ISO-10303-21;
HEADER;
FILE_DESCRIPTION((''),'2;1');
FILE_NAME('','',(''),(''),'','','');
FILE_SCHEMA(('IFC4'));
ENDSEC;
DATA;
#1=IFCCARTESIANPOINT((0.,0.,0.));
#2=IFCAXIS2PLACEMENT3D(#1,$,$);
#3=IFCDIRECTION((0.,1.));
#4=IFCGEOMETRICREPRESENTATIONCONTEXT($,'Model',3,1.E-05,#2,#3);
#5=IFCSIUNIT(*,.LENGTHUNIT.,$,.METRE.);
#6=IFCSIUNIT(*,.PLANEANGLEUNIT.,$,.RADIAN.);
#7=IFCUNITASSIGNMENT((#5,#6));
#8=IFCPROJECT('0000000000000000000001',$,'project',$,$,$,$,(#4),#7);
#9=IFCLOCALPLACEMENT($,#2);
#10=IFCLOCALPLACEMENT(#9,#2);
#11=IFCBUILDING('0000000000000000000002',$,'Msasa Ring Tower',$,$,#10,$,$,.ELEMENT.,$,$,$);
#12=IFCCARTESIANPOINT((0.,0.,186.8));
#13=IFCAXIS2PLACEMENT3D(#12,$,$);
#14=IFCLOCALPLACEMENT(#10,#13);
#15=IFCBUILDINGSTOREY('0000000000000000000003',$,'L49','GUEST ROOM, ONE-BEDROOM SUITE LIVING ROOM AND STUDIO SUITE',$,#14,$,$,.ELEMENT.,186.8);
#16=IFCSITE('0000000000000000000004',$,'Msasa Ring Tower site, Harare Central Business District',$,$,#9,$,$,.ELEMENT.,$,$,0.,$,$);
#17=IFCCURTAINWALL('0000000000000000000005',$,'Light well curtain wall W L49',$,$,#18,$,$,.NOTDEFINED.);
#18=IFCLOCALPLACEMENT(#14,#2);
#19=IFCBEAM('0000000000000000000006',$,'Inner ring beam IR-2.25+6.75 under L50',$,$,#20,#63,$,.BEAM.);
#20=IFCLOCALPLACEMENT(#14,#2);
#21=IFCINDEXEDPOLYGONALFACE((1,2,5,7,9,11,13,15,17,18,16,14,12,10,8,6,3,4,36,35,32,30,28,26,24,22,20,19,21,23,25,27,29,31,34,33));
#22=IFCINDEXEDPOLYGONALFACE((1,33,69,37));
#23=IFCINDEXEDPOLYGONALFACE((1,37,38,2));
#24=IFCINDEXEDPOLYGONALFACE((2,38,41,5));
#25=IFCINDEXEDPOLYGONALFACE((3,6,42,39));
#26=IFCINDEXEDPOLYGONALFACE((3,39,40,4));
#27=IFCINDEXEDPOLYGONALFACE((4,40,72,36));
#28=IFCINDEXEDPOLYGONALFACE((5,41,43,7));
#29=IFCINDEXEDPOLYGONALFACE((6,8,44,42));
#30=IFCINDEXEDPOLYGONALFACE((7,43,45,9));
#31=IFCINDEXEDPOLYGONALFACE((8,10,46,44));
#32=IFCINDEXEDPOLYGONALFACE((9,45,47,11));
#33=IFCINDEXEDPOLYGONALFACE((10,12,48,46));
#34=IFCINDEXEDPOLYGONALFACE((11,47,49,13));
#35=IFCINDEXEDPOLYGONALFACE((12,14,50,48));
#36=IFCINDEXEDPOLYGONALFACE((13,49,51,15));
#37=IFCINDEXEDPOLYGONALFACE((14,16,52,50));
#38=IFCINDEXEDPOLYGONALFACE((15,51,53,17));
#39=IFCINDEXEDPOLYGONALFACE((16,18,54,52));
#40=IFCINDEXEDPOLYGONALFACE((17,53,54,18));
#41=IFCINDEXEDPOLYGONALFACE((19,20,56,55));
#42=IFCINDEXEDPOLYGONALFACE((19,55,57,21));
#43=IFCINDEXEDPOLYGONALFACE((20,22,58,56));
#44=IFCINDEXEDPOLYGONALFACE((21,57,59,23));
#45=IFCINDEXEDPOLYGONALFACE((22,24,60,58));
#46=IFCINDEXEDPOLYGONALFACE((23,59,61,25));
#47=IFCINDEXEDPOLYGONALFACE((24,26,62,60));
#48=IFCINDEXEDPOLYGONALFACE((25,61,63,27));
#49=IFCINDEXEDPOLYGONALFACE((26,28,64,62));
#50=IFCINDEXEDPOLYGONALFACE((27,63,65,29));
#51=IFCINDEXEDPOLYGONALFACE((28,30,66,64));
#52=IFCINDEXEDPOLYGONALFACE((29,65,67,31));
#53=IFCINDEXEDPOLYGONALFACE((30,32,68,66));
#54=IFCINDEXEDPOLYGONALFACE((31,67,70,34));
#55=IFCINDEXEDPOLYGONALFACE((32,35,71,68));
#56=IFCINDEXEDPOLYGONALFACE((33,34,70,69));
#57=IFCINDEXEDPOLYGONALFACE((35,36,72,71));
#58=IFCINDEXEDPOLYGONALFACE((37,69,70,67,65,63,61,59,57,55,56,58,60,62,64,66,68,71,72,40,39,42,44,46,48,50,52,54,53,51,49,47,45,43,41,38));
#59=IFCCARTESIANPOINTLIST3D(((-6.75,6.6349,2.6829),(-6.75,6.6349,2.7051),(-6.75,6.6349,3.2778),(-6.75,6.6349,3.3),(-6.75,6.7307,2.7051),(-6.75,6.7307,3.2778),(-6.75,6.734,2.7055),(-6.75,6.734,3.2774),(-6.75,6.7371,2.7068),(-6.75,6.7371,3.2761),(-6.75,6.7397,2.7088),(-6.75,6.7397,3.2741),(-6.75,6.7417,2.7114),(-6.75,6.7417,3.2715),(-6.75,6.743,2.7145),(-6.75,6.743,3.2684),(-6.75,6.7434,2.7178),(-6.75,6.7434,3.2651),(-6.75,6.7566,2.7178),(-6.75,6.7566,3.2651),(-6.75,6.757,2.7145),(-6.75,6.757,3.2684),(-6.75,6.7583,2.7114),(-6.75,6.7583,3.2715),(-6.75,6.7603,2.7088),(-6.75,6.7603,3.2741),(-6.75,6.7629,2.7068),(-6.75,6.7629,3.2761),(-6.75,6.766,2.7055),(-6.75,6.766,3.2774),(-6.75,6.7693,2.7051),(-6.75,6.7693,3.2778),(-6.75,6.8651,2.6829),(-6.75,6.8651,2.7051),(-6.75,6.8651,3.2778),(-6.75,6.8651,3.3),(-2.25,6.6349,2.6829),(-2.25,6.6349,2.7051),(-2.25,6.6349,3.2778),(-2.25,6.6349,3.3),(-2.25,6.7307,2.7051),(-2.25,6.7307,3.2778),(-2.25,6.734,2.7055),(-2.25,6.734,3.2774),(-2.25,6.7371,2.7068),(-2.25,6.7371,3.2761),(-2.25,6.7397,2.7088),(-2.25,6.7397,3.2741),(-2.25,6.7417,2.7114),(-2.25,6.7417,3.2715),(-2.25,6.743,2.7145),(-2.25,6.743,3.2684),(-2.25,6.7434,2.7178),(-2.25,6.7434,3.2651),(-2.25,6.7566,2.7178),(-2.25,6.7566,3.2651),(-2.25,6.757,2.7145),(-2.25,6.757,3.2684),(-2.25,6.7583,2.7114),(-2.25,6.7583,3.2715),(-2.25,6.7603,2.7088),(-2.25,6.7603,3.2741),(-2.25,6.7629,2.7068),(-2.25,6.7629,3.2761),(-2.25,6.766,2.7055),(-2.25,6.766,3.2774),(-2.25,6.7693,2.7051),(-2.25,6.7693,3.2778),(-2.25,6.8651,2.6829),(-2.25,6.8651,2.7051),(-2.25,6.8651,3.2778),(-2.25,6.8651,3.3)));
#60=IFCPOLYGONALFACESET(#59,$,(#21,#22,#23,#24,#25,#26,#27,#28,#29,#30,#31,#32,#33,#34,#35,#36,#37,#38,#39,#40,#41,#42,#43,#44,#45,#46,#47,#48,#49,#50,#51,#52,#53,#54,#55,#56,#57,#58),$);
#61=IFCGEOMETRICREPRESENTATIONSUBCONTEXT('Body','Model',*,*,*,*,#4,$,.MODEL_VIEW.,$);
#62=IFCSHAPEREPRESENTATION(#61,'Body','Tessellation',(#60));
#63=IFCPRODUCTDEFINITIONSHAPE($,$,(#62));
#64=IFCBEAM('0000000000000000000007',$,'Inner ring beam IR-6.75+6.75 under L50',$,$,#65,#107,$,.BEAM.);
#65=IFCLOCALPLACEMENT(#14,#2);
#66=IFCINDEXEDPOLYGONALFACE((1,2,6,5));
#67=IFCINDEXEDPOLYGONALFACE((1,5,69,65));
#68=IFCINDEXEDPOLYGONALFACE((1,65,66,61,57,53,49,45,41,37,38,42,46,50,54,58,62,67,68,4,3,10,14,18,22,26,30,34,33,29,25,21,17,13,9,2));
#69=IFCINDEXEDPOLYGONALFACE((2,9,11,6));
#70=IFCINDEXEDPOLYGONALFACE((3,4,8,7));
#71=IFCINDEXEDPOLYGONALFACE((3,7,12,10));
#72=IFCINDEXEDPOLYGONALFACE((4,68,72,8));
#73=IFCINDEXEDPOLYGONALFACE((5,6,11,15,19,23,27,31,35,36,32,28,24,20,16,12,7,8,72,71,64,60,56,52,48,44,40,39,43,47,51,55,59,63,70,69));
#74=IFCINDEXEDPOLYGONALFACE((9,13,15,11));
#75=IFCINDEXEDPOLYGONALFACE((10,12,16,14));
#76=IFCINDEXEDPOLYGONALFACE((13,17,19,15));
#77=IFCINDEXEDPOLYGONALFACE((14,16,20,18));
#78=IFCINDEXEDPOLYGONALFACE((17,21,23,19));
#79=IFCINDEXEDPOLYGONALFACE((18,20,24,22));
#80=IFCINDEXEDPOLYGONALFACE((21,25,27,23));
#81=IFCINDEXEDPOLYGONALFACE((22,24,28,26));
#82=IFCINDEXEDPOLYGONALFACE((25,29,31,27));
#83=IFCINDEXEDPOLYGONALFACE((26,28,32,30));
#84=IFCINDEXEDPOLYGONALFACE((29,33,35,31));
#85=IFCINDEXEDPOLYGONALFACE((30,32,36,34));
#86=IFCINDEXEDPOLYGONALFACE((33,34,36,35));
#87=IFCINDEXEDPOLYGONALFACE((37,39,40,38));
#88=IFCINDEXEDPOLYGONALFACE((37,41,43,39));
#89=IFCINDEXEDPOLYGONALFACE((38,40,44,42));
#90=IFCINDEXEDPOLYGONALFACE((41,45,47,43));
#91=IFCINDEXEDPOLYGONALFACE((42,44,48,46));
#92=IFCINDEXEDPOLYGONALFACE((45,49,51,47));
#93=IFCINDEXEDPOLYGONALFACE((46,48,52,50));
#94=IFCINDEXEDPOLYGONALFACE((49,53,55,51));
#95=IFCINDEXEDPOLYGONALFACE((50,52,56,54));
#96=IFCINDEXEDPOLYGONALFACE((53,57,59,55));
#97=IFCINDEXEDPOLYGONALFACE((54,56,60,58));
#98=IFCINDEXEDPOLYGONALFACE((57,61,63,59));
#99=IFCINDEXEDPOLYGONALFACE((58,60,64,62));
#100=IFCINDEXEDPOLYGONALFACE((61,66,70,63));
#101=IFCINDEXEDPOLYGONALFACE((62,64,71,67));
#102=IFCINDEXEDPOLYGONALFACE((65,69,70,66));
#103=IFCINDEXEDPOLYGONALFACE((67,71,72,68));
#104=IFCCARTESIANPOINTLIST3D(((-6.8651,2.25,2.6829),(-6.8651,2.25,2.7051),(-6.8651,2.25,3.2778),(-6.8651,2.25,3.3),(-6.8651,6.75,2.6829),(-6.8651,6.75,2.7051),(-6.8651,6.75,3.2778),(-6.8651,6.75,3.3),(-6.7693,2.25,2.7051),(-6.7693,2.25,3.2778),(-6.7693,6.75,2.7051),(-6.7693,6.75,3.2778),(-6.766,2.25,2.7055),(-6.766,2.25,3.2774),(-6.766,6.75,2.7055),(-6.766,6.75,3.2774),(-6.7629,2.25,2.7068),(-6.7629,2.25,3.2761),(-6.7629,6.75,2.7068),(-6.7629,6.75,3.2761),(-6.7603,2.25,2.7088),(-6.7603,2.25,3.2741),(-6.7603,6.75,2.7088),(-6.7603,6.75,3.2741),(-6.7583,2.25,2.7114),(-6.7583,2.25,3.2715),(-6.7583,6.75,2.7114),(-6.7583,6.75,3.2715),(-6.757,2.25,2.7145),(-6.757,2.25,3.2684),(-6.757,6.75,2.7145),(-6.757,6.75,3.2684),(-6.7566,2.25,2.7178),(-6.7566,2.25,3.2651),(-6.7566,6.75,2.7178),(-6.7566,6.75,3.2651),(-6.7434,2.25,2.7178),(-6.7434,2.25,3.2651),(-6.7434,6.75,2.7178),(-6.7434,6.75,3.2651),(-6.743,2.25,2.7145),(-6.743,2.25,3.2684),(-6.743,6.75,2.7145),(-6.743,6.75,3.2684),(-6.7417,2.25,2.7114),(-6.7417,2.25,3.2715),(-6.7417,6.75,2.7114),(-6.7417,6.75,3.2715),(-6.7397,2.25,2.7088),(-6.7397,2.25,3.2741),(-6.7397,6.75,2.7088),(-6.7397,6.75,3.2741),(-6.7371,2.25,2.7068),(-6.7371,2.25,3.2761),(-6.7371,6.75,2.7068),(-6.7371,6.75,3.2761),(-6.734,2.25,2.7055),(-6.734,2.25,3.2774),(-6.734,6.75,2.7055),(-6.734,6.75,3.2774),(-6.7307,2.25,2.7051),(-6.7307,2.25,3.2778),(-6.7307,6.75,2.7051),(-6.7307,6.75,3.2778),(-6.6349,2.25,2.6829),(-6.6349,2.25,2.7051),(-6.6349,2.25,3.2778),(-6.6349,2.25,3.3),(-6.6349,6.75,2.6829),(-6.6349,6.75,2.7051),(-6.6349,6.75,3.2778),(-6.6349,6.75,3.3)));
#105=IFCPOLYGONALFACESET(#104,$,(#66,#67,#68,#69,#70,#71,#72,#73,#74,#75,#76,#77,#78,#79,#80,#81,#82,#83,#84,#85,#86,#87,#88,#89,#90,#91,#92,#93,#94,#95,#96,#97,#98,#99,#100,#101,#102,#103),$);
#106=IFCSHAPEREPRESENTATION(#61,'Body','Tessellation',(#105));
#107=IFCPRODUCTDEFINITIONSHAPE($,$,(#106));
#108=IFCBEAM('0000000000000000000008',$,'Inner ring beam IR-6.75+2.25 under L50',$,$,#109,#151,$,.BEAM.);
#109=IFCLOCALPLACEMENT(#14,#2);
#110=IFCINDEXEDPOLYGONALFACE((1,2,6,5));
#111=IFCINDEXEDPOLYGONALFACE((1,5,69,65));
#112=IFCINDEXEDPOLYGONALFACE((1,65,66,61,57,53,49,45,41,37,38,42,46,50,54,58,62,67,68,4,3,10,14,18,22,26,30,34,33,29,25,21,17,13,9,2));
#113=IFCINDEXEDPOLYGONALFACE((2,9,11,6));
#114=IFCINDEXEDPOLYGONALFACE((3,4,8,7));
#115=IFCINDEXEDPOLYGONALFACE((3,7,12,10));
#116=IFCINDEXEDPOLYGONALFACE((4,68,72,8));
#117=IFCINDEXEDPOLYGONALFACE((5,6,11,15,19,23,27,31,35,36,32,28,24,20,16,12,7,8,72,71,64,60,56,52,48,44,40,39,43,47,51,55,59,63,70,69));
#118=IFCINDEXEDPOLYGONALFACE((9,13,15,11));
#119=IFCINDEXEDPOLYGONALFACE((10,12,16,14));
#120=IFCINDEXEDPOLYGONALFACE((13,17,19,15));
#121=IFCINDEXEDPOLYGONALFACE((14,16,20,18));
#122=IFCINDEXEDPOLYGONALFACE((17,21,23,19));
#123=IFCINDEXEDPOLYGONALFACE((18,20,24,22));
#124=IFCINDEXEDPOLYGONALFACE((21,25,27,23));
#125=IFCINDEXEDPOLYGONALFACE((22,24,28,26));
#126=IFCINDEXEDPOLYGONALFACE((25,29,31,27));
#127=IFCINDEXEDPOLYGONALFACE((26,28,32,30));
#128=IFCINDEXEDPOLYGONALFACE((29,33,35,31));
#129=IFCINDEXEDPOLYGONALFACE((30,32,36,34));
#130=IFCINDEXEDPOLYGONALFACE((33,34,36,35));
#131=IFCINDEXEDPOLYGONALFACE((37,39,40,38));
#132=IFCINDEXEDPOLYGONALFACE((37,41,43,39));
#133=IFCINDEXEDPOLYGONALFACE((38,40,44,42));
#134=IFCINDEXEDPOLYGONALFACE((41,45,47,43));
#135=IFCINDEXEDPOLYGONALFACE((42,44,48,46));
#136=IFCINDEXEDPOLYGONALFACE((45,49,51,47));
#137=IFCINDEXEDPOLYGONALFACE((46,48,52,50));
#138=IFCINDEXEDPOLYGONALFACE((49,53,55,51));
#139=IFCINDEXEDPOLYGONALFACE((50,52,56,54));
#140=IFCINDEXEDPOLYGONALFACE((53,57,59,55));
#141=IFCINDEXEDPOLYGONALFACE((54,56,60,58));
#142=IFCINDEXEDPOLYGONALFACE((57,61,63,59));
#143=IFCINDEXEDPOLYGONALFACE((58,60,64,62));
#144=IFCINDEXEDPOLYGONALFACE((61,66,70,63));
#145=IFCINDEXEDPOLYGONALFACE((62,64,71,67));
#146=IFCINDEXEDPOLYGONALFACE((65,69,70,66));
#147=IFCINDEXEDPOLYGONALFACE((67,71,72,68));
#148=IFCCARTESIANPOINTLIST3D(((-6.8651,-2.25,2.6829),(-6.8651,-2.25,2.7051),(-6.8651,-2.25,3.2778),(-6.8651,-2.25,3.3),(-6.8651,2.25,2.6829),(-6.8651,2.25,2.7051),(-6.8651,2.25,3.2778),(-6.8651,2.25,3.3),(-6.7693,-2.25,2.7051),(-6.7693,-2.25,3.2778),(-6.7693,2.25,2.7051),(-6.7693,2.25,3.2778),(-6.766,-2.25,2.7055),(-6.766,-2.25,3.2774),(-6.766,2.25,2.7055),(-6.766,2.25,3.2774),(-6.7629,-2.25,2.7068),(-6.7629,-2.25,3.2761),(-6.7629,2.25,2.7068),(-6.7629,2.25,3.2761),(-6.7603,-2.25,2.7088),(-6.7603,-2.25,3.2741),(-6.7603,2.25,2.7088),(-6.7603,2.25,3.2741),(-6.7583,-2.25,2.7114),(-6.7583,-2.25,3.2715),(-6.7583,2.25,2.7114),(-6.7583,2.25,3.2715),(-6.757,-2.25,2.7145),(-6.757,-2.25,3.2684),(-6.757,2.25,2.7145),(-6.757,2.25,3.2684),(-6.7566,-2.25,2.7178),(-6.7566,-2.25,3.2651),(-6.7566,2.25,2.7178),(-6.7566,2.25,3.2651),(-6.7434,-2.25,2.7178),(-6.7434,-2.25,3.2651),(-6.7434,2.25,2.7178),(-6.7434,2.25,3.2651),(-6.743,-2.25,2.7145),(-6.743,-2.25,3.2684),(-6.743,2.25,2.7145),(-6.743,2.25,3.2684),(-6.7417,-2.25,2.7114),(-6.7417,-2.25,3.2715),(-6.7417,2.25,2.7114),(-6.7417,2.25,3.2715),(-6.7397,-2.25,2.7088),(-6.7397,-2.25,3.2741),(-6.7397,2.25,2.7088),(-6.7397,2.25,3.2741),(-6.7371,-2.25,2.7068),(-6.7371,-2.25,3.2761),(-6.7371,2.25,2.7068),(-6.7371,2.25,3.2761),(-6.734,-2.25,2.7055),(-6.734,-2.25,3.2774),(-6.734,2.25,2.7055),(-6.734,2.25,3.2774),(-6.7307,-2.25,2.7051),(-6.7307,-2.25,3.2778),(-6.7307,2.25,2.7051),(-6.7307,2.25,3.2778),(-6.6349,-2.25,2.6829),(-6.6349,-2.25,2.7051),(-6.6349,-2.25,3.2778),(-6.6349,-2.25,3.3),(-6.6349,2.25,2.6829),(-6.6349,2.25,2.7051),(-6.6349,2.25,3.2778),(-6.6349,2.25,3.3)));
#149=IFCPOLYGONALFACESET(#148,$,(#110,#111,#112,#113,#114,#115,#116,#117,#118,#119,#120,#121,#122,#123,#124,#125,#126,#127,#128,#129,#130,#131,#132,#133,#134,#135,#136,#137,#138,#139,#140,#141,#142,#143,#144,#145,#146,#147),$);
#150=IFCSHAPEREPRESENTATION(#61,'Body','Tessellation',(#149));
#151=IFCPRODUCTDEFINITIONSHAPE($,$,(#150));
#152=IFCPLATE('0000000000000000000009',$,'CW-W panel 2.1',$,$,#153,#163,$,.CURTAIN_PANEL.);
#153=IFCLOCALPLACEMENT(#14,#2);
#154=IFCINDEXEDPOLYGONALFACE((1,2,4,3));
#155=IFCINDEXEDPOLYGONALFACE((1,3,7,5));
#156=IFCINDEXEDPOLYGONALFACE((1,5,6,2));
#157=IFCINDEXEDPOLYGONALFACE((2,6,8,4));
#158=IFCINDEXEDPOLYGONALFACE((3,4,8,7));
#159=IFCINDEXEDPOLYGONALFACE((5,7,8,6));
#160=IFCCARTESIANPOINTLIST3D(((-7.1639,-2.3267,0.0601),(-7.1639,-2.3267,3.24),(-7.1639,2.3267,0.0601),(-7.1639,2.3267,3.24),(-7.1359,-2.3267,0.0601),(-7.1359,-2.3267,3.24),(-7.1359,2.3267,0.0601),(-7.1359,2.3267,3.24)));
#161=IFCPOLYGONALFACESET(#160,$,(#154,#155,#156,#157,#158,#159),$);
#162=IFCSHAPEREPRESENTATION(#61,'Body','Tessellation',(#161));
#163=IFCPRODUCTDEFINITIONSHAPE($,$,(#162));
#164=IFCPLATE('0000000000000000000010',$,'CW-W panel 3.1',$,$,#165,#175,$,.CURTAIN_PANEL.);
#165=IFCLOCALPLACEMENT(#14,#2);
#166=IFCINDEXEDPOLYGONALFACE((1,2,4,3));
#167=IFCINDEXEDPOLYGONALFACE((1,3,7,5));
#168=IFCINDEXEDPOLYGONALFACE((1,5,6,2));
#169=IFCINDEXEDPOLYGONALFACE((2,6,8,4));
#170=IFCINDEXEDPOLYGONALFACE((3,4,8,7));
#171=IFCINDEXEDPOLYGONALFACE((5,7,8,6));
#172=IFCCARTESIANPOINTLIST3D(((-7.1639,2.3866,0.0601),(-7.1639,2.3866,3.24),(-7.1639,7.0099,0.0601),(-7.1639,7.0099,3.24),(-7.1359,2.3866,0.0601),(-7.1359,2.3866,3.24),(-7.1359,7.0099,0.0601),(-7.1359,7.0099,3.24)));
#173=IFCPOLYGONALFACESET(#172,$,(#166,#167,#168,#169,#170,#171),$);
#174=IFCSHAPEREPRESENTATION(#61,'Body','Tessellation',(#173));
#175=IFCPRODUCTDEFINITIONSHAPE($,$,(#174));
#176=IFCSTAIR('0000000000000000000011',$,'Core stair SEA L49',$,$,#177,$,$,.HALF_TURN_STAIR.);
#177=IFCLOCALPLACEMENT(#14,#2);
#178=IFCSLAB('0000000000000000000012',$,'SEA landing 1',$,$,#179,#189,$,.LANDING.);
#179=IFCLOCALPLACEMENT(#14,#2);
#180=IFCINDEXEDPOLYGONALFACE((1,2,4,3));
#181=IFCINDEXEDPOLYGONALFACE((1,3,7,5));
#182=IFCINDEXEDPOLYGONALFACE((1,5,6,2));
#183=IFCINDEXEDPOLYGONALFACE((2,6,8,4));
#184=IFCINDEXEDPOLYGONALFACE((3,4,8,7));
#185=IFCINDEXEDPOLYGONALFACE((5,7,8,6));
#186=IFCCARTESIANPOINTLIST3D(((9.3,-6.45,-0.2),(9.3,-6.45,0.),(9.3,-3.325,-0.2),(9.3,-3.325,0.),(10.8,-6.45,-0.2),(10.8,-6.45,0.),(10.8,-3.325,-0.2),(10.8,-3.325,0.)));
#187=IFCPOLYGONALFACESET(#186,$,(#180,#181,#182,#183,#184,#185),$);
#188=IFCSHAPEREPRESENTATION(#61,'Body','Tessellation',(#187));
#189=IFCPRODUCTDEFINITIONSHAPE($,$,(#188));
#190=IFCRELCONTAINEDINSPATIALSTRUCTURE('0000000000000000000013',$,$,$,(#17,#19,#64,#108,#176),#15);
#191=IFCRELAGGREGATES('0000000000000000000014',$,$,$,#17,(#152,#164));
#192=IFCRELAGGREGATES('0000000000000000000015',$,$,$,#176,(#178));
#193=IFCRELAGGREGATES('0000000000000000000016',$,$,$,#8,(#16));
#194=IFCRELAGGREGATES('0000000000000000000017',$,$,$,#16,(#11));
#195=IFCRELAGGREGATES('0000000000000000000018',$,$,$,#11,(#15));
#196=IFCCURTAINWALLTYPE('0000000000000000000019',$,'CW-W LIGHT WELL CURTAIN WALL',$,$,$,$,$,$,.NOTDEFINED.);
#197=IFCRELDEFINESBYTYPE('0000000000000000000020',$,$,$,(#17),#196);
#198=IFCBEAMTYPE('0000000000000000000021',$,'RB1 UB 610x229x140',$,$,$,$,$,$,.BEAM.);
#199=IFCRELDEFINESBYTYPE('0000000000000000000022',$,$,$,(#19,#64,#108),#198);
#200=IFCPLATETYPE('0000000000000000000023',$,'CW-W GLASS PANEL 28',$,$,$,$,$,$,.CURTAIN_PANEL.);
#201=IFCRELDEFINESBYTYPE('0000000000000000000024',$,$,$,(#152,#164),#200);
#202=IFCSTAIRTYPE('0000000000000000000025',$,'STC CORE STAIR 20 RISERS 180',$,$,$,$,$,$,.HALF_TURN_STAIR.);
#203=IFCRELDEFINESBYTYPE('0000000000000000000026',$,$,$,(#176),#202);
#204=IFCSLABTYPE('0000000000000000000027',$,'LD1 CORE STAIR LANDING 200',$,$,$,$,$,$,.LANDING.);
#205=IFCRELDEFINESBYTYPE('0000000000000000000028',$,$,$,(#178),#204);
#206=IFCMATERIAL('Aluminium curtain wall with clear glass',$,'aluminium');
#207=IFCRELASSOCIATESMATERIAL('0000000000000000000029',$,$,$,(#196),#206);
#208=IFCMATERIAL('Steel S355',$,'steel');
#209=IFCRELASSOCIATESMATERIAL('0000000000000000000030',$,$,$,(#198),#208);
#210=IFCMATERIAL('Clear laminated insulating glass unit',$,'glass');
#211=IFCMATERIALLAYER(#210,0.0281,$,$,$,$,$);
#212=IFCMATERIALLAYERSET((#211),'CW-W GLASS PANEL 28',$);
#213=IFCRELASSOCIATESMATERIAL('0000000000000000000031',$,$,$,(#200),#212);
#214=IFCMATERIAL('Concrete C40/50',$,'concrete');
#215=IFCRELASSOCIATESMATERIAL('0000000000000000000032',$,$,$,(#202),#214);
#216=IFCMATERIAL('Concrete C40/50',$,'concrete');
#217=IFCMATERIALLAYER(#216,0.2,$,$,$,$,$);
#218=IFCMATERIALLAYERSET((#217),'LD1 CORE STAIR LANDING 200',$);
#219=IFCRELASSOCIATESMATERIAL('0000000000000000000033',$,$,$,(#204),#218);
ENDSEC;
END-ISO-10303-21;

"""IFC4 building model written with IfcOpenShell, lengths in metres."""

from ifc_helpers import new_model, si_unit, direction, frame, origin, origin_2d, place, context, subcontext, project, spatial, polyline, rectangle, i_section, outline, extrude, material, layer, layer_set, material_profile, profile_set, type_object, element, aggregate, save


model = new_model("IFC4")

# Units and contexts
model_context = context("Model", 3, precision=1e-05, world=origin(), true_north=direction((0.0, 1.0)))
body_context = subcontext(model_context, "Body", "Model", "MODEL_VIEW")
ifc_project = project(units=[si_unit("LENGTHUNIT", "METRE"), si_unit("PLANEANGLEUNIT", "RADIAN")], contexts=[model_context])

# Site, building, storey
site_placement = place(None, origin())
site = spatial("IfcSite", under=ifc_project, at=site_placement, Name="Msasa Ring Tower site, Harare Central Business District", CompositionType="ELEMENT", RefElevation=0.0)
building_placement = place(site_placement, origin())
building = spatial("IfcBuilding", under=site, at=building_placement, Name="Msasa Ring Tower", CompositionType="ELEMENT")
storey_placement = place(building_placement, frame((0.0, 0.0, 186.8)))
storey = spatial("IfcBuildingStorey", under=building, at=storey_placement, Name="L49", Description="GUEST ROOM, ONE-BEDROOM SUITE LIVING ROOM AND STUDIO SUITE", CompositionType="ELEMENT", Elevation=186.8)

# Shared definitions
ifc_material_1 = material(Name="Aluminium curtain wall with clear glass", Category="aluminium")
curtain_wall_type = type_object("IfcCurtainWallType", Name="CW-W LIGHT WELL CURTAIN WALL", PredefinedType="NOTDEFINED", material=ifc_material_1)

# Curtain wall
curtain_wall_1_placement = place(storey_placement, origin())
curtain_wall_1 = element("IfcCurtainWall", 1, at=curtain_wall_1_placement, inside=storey, type_object=curtain_wall_type, Name="Light well curtain wall W L49", PredefinedType="NOTDEFINED")

# Beams
ifc_material_2 = material(Name="Steel S355", Category="steel")
ifc_material_profile_1 = material_profile(ifc_material_2, i_section(OverallWidth=0.2302, OverallDepth=0.6172, WebThickness=0.0132, FlangeThickness=0.0222, FilletRadius=0.0127, at=origin_2d()), Name="UB 610x229x140")
ifc_profile_set_1 = profile_set([ifc_material_profile_1], Name="Steel S355")
beam_type_1 = type_object("IfcBeamType", Name="RB1 UB 610x229x140", PredefinedType="BEAM", material=ifc_profile_set_1)
for number, where, z_axis, x_axis, name in (
    (2, (-2.25, 6.75, 2.9915), (-1.0, 0.0, 0.0), (0.0, -1.0, 0.0), "Inner ring beam IR-2.25+6.75 under L50"),
    (3, (-6.75, 6.75, 2.9915), (0.0, -1.0, 0.0), (1.0, 0.0, 0.0), "Inner ring beam IR-6.75+6.75 under L50"),
    (4, (-6.75, 2.25, 2.9915), (0.0, -1.0, 0.0), (1.0, 0.0, 0.0), "Inner ring beam IR-6.75+2.25 under L50"),
):
    element("IfcBeam", number, at=place(storey_placement, frame(where, z_axis=z_axis, x_axis=x_axis)), inside=storey, type_object=beam_type_1, Name=name, PredefinedType="BEAM", context=body_context, shape_type="SweptSolid", body=[
        extrude(i_section(OverallWidth=0.2302, OverallDepth=0.6172, WebThickness=0.0132, FlangeThickness=0.0222, FilletRadius=0.0127, at=origin_2d()), origin(), (0.0, 0.0, 1.0), 4.5),
    ])

# Plates
ifc_material_3 = material(Name="Clear laminated insulating glass unit", Category="glass")
ifc_layer_1 = layer(ifc_material_3, 0.0281)
ifc_layer_set_1 = layer_set([ifc_layer_1], Name="CW-W GLASS PANEL 28")
plate_type = type_object("IfcPlateType", Name="CW-W GLASS PANEL 28", PredefinedType="CURTAIN_PANEL", material=ifc_layer_set_1)
plate_1_placement = place(storey_placement, frame((-7.1499, 0.0, 0.0601), z_axis=(0.0, 0.0, 1.0), x_axis=(0.0, 1.0, 0.0)))
plate_1 = element("IfcPlate", 5, at=plate_1_placement, type_object=plate_type, Name="CW-W panel 2.1", PredefinedType="CURTAIN_PANEL", context=body_context, shape_type="SweptSolid", body=[
    extrude(rectangle(XDim=4.6533, YDim=0.0281, at=origin_2d()), origin(), (0.0, 0.0, 1.0), 3.1799),
])
plate_2_placement = place(storey_placement, frame((-7.1499, 4.6982, 0.0601), z_axis=(0.0, 0.0, 1.0), x_axis=(0.0, 1.0, 0.0)))
plate_2 = element("IfcPlate", 6, at=plate_2_placement, type_object=plate_type, Name="CW-W panel 3.1", PredefinedType="CURTAIN_PANEL", context=body_context, shape_type="SweptSolid", body=[
    extrude(rectangle(XDim=4.6233, YDim=0.0281, at=origin_2d()), origin(), (0.0, 0.0, 1.0), 3.1799),
])
aggregate(curtain_wall_1, [plate_1, plate_2])

# Stair, slab
ifc_material_4 = material(Name="Concrete C40/50", Category="concrete")
stair_type = type_object("IfcStairType", Name="STC CORE STAIR 20 RISERS 180", PredefinedType="HALF_TURN_STAIR", material=ifc_material_4)
stair_1_placement = place(storey_placement, origin())
stair_1 = element("IfcStair", 7, at=stair_1_placement, inside=storey, type_object=stair_type, Name="Core stair SEA L49", PredefinedType="HALF_TURN_STAIR")
ifc_material_5 = material(Name="Concrete C40/50", Category="concrete")
ifc_layer_2 = layer(ifc_material_5, 0.2)
ifc_layer_set_2 = layer_set([ifc_layer_2], Name="LD1 CORE STAIR LANDING 200")
slab_type_1 = type_object("IfcSlabType", Name="LD1 CORE STAIR LANDING 200", PredefinedType="LANDING", material=ifc_layer_set_2)
slab_1_placement = place(storey_placement, frame((0.0, 0.0, -0.2)))
slab_1 = element("IfcSlab", 8, at=slab_1_placement, type_object=slab_type_1, Name="SEA landing 1", PredefinedType="LANDING", context=body_context, shape_type="SweptSolid", body=[
    extrude(outline(polyline([(9.3, -6.45), (10.8, -6.45), (10.8, -3.325), (9.3, -3.325), (9.3, -6.45)])), origin(), (0.0, 0.0, 1.0), 0.2),
])
aggregate(stair_1, [slab_1])

save(model, "model.ifc")
